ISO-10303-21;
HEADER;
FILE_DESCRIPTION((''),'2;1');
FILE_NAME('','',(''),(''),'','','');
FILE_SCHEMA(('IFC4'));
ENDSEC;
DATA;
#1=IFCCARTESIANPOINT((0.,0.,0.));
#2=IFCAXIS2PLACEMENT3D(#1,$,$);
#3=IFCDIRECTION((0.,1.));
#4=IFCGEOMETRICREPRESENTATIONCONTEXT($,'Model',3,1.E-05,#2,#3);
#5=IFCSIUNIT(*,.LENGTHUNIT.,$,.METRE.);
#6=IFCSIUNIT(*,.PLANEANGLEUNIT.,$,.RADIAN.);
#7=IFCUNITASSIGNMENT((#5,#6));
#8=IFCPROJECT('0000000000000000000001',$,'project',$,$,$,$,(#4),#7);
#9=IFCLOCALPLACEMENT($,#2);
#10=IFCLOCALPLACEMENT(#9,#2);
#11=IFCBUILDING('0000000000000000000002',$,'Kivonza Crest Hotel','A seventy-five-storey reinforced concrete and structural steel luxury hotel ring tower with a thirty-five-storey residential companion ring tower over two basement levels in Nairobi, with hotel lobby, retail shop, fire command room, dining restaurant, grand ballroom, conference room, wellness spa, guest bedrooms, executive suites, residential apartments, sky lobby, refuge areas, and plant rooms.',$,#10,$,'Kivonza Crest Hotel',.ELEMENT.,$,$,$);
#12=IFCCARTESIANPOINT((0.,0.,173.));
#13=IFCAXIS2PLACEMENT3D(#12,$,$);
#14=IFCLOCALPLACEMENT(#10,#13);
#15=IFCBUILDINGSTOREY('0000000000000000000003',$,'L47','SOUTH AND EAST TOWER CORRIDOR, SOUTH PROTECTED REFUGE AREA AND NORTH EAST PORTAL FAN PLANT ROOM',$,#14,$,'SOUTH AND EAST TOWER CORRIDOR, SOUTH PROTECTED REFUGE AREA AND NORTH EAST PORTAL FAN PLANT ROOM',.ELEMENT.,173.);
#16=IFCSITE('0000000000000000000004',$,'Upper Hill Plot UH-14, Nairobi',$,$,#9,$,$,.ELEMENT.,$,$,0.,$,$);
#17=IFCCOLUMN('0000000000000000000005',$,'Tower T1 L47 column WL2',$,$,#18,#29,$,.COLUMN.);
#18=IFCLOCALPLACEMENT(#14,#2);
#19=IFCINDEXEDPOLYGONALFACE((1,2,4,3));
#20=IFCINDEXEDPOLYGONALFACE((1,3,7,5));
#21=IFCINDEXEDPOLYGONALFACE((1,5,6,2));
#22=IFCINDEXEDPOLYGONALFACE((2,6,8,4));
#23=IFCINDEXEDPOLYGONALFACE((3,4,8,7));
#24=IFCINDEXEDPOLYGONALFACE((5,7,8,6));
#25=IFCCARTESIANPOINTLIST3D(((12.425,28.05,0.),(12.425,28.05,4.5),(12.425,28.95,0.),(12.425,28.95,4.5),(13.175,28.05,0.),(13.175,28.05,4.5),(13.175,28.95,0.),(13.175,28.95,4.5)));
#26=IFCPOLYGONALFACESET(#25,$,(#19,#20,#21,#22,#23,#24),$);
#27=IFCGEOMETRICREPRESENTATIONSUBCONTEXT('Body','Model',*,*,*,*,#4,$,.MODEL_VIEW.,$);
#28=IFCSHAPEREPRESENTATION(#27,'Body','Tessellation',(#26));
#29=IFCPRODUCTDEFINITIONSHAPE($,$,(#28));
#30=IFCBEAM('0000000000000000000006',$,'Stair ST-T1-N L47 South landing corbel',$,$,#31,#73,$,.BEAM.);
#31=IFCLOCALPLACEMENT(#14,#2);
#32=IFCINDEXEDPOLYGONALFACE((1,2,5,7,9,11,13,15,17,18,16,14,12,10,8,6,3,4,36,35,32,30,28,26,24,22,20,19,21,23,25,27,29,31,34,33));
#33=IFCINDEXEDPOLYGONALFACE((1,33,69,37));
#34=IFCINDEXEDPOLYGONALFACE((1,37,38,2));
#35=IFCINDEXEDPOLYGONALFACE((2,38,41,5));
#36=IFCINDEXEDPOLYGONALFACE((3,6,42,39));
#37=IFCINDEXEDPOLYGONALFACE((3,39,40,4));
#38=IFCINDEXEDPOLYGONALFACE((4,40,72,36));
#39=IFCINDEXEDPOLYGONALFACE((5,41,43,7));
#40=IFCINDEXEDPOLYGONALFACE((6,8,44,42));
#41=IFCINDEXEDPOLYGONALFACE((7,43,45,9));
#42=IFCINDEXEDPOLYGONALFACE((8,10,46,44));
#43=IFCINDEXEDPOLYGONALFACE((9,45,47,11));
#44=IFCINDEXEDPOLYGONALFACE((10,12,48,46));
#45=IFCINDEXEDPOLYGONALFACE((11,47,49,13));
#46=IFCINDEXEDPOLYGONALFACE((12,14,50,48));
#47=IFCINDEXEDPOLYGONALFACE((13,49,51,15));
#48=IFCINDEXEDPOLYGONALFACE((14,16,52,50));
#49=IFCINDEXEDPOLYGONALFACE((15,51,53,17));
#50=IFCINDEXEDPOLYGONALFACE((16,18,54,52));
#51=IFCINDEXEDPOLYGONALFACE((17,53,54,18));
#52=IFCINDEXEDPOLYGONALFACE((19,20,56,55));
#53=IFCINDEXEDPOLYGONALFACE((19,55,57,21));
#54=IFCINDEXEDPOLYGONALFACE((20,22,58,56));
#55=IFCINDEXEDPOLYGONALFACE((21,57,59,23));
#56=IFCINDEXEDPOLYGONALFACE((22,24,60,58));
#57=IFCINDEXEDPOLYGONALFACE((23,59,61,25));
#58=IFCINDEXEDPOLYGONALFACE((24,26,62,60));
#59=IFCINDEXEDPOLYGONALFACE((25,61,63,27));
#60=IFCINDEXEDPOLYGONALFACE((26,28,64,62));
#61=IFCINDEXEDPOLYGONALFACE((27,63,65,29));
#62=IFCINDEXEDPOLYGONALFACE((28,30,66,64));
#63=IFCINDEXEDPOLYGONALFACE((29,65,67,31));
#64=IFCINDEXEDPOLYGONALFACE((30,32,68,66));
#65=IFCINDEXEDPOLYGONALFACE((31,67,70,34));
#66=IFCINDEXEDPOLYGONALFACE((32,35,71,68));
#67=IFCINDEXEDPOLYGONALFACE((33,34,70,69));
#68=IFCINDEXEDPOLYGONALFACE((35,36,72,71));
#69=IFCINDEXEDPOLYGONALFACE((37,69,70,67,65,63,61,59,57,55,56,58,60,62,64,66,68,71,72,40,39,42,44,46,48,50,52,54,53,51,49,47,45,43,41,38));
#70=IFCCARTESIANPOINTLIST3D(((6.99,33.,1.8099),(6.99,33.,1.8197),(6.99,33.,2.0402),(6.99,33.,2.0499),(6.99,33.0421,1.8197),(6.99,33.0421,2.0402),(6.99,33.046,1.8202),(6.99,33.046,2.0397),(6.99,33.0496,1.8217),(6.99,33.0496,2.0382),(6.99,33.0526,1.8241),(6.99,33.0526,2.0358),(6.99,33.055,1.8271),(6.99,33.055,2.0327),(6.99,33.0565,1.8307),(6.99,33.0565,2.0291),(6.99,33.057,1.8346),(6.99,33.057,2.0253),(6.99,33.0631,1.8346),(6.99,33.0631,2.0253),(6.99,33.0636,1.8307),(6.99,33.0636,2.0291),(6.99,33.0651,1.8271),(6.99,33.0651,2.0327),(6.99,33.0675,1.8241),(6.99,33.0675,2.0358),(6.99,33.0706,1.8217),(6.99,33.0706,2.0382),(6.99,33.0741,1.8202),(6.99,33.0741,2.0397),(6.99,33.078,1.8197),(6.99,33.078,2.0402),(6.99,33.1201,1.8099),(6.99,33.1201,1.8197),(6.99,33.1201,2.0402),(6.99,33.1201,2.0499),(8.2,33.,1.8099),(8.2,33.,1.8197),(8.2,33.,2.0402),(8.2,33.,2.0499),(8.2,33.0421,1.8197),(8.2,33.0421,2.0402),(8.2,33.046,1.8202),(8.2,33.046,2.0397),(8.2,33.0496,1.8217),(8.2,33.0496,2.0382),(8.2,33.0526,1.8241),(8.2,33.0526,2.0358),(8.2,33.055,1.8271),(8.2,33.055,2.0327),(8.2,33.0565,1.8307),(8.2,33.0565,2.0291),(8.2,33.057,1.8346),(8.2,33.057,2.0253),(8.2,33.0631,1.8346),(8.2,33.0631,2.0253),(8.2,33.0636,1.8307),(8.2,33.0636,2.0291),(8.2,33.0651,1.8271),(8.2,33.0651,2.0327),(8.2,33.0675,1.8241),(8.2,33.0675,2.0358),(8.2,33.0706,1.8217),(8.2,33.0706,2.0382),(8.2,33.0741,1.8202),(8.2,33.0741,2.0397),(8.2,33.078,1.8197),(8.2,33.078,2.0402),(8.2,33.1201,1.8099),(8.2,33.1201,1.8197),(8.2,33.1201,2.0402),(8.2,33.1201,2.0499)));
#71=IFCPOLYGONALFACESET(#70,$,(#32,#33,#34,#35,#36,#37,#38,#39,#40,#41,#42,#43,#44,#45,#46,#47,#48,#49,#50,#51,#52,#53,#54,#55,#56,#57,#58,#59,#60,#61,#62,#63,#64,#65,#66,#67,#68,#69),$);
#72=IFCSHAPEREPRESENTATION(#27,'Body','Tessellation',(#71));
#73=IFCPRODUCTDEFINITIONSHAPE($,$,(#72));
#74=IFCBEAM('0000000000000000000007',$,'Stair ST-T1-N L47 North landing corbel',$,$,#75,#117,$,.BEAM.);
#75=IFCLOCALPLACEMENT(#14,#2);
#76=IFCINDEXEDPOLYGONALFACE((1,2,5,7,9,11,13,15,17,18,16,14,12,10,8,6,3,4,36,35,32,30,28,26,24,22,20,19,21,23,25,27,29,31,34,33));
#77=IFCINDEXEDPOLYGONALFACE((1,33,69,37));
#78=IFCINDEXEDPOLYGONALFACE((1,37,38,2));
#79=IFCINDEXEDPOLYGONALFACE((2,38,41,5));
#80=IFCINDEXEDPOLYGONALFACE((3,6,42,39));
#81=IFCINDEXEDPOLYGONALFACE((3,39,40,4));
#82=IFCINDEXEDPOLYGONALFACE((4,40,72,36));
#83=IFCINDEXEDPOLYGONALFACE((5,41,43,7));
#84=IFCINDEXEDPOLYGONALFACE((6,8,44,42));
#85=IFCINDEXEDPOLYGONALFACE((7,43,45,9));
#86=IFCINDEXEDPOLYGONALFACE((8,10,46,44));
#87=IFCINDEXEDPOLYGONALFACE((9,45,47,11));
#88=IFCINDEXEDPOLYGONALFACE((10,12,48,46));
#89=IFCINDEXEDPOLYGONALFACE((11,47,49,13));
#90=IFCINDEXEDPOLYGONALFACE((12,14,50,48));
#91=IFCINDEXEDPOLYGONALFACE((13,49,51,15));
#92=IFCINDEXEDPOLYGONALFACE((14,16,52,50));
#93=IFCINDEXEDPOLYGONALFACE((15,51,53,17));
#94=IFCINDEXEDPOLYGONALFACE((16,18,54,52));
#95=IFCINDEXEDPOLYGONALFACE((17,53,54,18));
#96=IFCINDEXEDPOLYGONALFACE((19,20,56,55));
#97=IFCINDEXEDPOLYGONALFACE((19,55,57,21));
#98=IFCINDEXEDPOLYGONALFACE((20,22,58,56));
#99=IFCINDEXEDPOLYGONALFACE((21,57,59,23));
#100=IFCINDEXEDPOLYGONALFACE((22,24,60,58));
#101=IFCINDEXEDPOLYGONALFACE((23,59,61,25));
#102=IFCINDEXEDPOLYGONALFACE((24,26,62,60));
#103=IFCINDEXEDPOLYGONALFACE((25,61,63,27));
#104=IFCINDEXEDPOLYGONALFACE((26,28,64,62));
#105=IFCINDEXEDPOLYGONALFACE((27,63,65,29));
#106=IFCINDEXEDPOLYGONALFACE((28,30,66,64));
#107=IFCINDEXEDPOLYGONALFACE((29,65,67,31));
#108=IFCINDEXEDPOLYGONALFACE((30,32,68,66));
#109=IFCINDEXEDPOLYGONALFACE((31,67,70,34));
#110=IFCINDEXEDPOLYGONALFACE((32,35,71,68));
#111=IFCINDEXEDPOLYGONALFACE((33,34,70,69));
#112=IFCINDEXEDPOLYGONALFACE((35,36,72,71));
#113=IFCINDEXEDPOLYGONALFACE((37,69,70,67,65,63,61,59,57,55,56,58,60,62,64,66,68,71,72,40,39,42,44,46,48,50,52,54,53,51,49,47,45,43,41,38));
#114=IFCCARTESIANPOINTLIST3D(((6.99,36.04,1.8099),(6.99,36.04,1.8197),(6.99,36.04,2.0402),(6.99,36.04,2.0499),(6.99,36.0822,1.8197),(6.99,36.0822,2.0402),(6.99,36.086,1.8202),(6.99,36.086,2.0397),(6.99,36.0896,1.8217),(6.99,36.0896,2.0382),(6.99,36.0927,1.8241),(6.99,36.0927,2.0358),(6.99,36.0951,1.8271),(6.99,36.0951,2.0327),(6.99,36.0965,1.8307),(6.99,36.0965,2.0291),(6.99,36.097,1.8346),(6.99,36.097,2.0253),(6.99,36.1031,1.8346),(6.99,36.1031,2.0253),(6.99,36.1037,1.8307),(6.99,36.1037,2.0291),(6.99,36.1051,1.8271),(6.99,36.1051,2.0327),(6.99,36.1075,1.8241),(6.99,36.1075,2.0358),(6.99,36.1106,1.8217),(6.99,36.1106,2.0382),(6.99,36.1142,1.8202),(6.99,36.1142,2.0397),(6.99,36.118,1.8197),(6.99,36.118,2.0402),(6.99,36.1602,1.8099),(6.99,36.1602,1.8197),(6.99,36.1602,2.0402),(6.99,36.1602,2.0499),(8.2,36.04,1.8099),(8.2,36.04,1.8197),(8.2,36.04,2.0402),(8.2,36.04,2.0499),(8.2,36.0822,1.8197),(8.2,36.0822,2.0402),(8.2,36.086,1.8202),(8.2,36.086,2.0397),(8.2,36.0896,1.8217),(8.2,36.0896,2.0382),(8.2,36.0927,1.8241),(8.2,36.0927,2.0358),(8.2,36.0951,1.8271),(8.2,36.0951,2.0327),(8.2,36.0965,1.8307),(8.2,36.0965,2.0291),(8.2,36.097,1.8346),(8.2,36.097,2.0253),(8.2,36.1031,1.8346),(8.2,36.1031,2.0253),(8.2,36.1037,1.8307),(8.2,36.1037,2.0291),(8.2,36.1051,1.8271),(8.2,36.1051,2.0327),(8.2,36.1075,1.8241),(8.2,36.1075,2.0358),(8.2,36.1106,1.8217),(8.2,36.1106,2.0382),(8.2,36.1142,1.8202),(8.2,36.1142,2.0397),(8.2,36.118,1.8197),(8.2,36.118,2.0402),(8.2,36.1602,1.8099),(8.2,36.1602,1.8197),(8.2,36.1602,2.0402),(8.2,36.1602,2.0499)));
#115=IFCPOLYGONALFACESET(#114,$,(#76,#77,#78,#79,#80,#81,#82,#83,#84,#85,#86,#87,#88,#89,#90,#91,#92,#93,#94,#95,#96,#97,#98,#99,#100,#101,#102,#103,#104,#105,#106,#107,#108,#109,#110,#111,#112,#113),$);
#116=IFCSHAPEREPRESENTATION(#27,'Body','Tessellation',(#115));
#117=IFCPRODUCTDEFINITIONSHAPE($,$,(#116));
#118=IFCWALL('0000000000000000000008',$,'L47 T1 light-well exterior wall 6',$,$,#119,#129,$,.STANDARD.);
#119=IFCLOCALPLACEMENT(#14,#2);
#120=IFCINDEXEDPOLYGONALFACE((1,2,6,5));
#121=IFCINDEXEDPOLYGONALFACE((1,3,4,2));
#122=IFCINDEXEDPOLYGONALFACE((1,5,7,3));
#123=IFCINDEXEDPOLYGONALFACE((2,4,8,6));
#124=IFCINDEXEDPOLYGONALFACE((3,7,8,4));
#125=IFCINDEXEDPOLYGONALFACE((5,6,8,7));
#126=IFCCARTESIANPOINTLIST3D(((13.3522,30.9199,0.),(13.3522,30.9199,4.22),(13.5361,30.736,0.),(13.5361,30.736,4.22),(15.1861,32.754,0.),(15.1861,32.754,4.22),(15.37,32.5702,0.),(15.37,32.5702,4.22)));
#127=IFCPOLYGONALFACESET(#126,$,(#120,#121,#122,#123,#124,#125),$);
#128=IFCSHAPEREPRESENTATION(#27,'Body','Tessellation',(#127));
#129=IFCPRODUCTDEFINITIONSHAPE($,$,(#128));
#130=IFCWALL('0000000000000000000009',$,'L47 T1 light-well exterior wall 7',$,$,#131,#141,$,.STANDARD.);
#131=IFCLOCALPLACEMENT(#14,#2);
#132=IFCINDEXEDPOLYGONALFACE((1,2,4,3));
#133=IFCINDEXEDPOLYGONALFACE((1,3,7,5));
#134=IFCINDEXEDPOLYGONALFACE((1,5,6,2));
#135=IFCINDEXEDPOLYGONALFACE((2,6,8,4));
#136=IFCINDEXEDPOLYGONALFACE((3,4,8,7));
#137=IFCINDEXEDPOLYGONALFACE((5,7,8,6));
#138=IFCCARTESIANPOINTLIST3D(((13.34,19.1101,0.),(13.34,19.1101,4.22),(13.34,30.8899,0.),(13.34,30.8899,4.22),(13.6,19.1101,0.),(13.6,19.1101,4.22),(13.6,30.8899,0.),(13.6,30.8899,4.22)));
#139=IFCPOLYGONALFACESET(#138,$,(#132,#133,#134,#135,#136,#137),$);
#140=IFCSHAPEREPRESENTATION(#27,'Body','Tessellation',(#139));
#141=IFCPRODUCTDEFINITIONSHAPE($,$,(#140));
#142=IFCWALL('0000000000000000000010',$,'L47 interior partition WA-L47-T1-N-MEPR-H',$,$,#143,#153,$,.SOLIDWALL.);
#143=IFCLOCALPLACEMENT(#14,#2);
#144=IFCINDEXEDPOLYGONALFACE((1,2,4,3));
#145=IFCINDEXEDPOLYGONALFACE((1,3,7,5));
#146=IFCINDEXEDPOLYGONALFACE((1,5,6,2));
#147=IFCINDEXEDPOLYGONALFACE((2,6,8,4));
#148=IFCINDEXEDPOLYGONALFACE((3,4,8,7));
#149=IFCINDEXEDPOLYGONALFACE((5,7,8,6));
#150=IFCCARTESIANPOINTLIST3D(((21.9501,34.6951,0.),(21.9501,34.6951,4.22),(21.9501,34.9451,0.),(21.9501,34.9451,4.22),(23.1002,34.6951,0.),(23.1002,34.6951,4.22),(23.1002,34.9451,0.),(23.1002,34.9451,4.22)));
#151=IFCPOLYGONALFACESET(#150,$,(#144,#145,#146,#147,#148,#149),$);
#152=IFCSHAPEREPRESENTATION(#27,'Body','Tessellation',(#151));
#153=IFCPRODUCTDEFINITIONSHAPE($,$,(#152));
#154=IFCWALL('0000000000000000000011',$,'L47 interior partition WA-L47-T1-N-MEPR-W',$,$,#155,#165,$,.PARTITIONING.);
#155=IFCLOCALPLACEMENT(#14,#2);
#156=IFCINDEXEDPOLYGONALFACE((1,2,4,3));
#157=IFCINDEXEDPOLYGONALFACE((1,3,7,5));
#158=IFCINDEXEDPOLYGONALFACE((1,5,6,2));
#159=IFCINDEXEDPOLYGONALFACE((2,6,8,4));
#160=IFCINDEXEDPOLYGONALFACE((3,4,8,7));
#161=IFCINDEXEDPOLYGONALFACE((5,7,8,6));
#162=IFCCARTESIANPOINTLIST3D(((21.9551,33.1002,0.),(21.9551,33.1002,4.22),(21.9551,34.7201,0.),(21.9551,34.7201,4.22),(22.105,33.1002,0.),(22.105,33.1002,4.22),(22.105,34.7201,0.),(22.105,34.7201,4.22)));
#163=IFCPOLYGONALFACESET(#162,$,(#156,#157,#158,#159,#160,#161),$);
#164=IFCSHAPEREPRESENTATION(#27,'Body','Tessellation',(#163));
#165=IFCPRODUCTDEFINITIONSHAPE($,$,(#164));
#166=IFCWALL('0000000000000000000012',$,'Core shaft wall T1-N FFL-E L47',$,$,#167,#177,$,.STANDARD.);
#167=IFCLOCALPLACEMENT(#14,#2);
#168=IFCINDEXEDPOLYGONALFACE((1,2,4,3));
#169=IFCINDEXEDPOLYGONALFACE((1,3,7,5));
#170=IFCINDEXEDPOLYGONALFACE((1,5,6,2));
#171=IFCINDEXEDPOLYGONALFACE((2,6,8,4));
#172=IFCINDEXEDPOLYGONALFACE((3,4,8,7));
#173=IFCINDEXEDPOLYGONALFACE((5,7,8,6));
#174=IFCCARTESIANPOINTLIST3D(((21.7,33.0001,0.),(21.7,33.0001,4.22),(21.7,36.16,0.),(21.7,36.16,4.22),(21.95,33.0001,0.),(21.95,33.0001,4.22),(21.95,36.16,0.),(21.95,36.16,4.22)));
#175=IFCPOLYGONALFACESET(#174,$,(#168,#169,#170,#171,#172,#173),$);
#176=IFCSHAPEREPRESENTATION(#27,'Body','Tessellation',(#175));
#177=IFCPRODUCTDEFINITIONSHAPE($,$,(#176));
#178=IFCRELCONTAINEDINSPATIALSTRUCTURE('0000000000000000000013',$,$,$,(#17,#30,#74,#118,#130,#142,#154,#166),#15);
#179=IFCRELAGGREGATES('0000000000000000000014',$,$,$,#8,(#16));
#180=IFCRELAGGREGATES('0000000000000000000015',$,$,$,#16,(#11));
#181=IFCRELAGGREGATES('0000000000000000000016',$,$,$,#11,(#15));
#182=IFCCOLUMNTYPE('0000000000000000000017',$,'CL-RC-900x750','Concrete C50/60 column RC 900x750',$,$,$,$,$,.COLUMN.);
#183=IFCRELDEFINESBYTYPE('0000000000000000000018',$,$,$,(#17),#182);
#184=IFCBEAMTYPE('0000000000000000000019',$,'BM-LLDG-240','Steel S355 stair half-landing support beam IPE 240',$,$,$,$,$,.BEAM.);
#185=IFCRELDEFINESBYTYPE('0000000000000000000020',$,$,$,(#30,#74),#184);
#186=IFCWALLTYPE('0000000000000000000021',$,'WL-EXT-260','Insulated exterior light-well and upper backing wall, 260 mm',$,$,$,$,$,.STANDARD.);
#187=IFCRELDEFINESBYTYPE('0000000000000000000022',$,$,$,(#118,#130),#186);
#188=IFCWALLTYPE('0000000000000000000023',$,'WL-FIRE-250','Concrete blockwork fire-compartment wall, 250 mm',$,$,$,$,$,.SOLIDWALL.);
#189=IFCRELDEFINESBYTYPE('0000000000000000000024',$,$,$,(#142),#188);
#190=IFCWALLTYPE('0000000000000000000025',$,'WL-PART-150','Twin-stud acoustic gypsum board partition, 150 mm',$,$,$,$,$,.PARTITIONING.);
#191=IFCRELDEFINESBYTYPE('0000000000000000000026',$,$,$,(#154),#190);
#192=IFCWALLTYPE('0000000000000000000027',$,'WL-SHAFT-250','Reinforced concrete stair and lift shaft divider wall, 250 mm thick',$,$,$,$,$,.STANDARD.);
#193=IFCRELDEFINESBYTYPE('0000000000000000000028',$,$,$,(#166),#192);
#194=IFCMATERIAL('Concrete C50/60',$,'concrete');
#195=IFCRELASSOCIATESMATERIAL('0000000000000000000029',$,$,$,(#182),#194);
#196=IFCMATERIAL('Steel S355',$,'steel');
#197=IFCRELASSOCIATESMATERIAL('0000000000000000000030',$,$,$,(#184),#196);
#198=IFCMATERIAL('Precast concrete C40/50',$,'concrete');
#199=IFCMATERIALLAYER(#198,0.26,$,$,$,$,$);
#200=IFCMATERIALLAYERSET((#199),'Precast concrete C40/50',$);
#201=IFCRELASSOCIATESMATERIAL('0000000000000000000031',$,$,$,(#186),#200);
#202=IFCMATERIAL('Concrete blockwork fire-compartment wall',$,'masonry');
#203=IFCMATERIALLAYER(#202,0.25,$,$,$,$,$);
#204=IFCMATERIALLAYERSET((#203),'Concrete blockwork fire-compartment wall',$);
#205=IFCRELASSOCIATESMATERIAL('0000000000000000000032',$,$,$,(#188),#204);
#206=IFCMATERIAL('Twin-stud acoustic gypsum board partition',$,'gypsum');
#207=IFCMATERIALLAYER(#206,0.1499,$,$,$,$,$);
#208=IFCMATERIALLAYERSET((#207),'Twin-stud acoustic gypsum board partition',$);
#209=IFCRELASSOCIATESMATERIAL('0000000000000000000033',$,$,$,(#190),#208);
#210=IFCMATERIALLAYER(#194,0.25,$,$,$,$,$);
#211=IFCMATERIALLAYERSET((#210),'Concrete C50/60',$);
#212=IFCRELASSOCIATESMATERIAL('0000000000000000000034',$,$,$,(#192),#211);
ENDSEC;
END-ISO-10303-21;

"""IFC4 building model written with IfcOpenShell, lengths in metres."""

from ifc_helpers import new_model, si_unit, direction, frame, frame_2d, origin, origin_2d, place, context, subcontext, project, spatial, rectangle, i_section, extrude, material, layer, layer_set, material_profile, profile_set, type_object, element, save


model = new_model("IFC4")

# Units and contexts
model_context = context("Model", 3, precision=1e-05, world=origin(), true_north=direction((0.0, 1.0)))
body_context = subcontext(model_context, "Body", "Model", "MODEL_VIEW")
ifc_project = project(units=[si_unit("LENGTHUNIT", "METRE"), si_unit("PLANEANGLEUNIT", "RADIAN")], contexts=[model_context])

# Site, building, storey
site_placement = place(None, origin())
site = spatial("IfcSite", under=ifc_project, at=site_placement, Name="Upper Hill Plot UH-14, Nairobi", CompositionType="ELEMENT", RefElevation=0.0)
building_placement = place(site_placement, origin())
building = spatial("IfcBuilding", under=site, at=building_placement, Name="Kivonza Crest Hotel", Description="A seventy-five-storey reinforced concrete and structural steel luxury hotel ring tower with a thirty-five-storey residential companion ring tower over two basement levels in Nairobi, with hotel lobby, retail shop, fire command room, dining restaurant, grand ballroom, conference room, wellness spa, guest bedrooms, executive suites, residential apartments, sky lobby, refuge areas, and plant rooms.", LongName="Kivonza Crest Hotel", CompositionType="ELEMENT")
storey_placement = place(building_placement, frame((0.0, 0.0, 173.0)))
storey = spatial("IfcBuildingStorey", under=building, at=storey_placement, Name="L47", Description="SOUTH AND EAST TOWER CORRIDOR, SOUTH PROTECTED REFUGE AREA AND NORTH EAST PORTAL FAN PLANT ROOM", LongName="SOUTH AND EAST TOWER CORRIDOR, SOUTH PROTECTED REFUGE AREA AND NORTH EAST PORTAL FAN PLANT ROOM", CompositionType="ELEMENT", Elevation=173.0)

# Column
ifc_material_1 = material(Name="Concrete C50/60", Category="concrete")
ifc_material_profile_1 = material_profile(ifc_material_1, rectangle(XDim=0.75, YDim=0.8999, at=origin_2d()), Name="RC 900x750")
ifc_profile_set_1 = profile_set([ifc_material_profile_1], Name="Concrete C50/60")
column_type = type_object("IfcColumnType", Name="CL-RC-900x750", Description="Concrete C50/60 column RC 900x750", PredefinedType="COLUMN", material=ifc_profile_set_1)
column_placement = place(storey_placement, frame((12.8, 28.5, 0.0), z_axis=(0.0, 0.0, 1.0), x_axis=(1.0, 0.0, 0.0)))
element("IfcColumn", 1, at=column_placement, inside=storey, type_object=column_type, Name="Tower T1 L47 column WL2", PredefinedType="COLUMN", context=body_context, shape_type="SweptSolid", body=[
    extrude(rectangle(XDim=0.75, YDim=0.8999, at=origin_2d()), origin(), (0.0, 0.0, 1.0), 4.5),
])

# Beams
ifc_material_2 = material(Name="Steel S355", Category="steel")
ifc_material_profile_2 = material_profile(ifc_material_2, i_section(OverallWidth=0.1201, OverallDepth=0.24, WebThickness=0.0061, FlangeThickness=0.0098, FilletRadius=0.0149, at=origin_2d()), Name="IPE 240")
ifc_profile_set_2 = profile_set([ifc_material_profile_2], Name="Steel S355")
beam_type = type_object("IfcBeamType", Name="BM-LLDG-240", Description="Steel S355 stair half-landing support beam IPE 240", PredefinedType="BEAM", material=ifc_profile_set_2)
for number, where, z_axis, x_axis, name in (
    (2, (6.99, 33.0601, 1.9299), (1.0, 0.0, 0.0), (0.0, 1.0, 0.0), "Stair ST-T1-N L47 South landing corbel"),
    (3, (6.99, 36.1001, 1.9299), (1.0, 0.0, 0.0), (0.0, 1.0, 0.0), "Stair ST-T1-N L47 North landing corbel"),
):
    element("IfcBeam", number, at=place(storey_placement, frame(where, z_axis=z_axis, x_axis=x_axis)), inside=storey, type_object=beam_type, Name=name, PredefinedType="BEAM", context=body_context, shape_type="SweptSolid", body=[
        extrude(i_section(OverallWidth=0.1201, OverallDepth=0.24, WebThickness=0.0061, FlangeThickness=0.0098, FilletRadius=0.0149, at=origin_2d()), origin(), (0.0, 0.0, 1.0), 1.21),
    ])

# Walls
ifc_material_3 = material(Name="Precast concrete C40/50", Category="concrete")
ifc_layer_1 = layer(ifc_material_3, 0.26)
ifc_layer_set_1 = layer_set([ifc_layer_1], Name="Precast concrete C40/50")
wall_type_1 = type_object("IfcWallType", Name="WL-EXT-260", Description="Insulated exterior light-well and upper backing wall, 260 mm", PredefinedType="STANDARD", material=ifc_layer_set_1)
wall_1_placement = place(storey_placement, frame((15.2781, 32.6621, 0.0), z_axis=(0.0, 0.0, 1.0), x_axis=(-0.70706, -0.707154, 0.0)))
element("IfcWall", 4, at=wall_1_placement, inside=storey, type_object=wall_type_1, Name="L47 T1 light-well exterior wall 6", PredefinedType="STANDARD", context=body_context, shape_type="SweptSolid", body=[
    extrude(rectangle(XDim=2.5938, YDim=0.26, at=frame_2d((1.2969, 0.0))), origin(), (0.0, 0.0, 1.0), 4.22),
])
wall_2_placement = place(storey_placement, frame((13.47, 30.8899, 0.0), z_axis=(0.0, 0.0, 1.0), x_axis=(0.0, -1.0, 0.0)))
element("IfcWall", 5, at=wall_2_placement, inside=storey, type_object=wall_type_1, Name="L47 T1 light-well exterior wall 7", PredefinedType="STANDARD", context=body_context, shape_type="SweptSolid", body=[
    extrude(rectangle(XDim=11.7798, YDim=0.26, at=frame_2d((5.8899, 0.0))), origin(), (0.0, 0.0, 1.0), 4.22),
])
ifc_material_4 = material(Name="Concrete blockwork fire-compartment wall", Category="masonry")
ifc_layer_2 = layer(ifc_material_4, 0.25)
ifc_layer_set_2 = layer_set([ifc_layer_2], Name="Concrete blockwork fire-compartment wall")
wall_type_2 = type_object("IfcWallType", Name="WL-FIRE-250", Description="Concrete blockwork fire-compartment wall, 250 mm", PredefinedType="SOLIDWALL", material=ifc_layer_set_2)
wall_3_placement = place(storey_placement, frame((21.95, 34.8201, 0.0), z_axis=(0.0, 0.0, 1.0), x_axis=(1.0, 0.0, 0.0)))
element("IfcWall", 6, at=wall_3_placement, inside=storey, type_object=wall_type_2, Name="L47 interior partition WA-L47-T1-N-MEPR-H", PredefinedType="SOLIDWALL", context=body_context, shape_type="SweptSolid", body=[
    extrude(rectangle(XDim=1.1501, YDim=0.25, at=frame_2d((0.5752, 0.0))), origin(), (0.0, 0.0, 1.0), 4.22),
])
ifc_material_5 = material(Name="Twin-stud acoustic gypsum board partition", Category="gypsum")
ifc_layer_3 = layer(ifc_material_5, 0.1499)
ifc_layer_set_3 = layer_set([ifc_layer_3], Name="Twin-stud acoustic gypsum board partition")
wall_type_3 = type_object("IfcWallType", Name="WL-PART-150", Description="Twin-stud acoustic gypsum board partition, 150 mm", PredefinedType="PARTITIONING", material=ifc_layer_set_3)
wall_4_placement = place(storey_placement, frame((22.03, 33.1001, 0.0), z_axis=(0.0, 0.0, 1.0), x_axis=(0.0, 1.0, 0.0)))
element("IfcWall", 7, at=wall_4_placement, inside=storey, type_object=wall_type_3, Name="L47 interior partition WA-L47-T1-N-MEPR-W", PredefinedType="PARTITIONING", context=body_context, shape_type="SweptSolid", body=[
    extrude(rectangle(XDim=1.6199, YDim=0.1499, at=frame_2d((0.8101, 0.0))), origin(), (0.0, 0.0, 1.0), 4.22),
])

# Shared definitions
ifc_layer_4 = layer(ifc_material_1, 0.25)
ifc_layer_set_4 = layer_set([ifc_layer_4], Name="Concrete C50/60")
wall_type_4 = type_object("IfcWallType", Name="WL-SHAFT-250", Description="Reinforced concrete stair and lift shaft divider wall, 250 mm thick", PredefinedType="STANDARD", material=ifc_layer_set_4)

# Wall
wall_5_placement = place(storey_placement, frame((21.825, 33.0, 0.0), z_axis=(0.0, 0.0, 1.0), x_axis=(0.0, 1.0, 0.0)))
element("IfcWall", 8, at=wall_5_placement, inside=storey, type_object=wall_type_4, Name="Core shaft wall T1-N FFL-E L47", PredefinedType="STANDARD", context=body_context, shape_type="SweptSolid", body=[
    extrude(rectangle(XDim=3.1599, YDim=0.25, at=frame_2d((1.5801, 0.0))), origin(), (0.0, 0.0, 1.0), 4.22),
])

save(model, "model.ifc")
